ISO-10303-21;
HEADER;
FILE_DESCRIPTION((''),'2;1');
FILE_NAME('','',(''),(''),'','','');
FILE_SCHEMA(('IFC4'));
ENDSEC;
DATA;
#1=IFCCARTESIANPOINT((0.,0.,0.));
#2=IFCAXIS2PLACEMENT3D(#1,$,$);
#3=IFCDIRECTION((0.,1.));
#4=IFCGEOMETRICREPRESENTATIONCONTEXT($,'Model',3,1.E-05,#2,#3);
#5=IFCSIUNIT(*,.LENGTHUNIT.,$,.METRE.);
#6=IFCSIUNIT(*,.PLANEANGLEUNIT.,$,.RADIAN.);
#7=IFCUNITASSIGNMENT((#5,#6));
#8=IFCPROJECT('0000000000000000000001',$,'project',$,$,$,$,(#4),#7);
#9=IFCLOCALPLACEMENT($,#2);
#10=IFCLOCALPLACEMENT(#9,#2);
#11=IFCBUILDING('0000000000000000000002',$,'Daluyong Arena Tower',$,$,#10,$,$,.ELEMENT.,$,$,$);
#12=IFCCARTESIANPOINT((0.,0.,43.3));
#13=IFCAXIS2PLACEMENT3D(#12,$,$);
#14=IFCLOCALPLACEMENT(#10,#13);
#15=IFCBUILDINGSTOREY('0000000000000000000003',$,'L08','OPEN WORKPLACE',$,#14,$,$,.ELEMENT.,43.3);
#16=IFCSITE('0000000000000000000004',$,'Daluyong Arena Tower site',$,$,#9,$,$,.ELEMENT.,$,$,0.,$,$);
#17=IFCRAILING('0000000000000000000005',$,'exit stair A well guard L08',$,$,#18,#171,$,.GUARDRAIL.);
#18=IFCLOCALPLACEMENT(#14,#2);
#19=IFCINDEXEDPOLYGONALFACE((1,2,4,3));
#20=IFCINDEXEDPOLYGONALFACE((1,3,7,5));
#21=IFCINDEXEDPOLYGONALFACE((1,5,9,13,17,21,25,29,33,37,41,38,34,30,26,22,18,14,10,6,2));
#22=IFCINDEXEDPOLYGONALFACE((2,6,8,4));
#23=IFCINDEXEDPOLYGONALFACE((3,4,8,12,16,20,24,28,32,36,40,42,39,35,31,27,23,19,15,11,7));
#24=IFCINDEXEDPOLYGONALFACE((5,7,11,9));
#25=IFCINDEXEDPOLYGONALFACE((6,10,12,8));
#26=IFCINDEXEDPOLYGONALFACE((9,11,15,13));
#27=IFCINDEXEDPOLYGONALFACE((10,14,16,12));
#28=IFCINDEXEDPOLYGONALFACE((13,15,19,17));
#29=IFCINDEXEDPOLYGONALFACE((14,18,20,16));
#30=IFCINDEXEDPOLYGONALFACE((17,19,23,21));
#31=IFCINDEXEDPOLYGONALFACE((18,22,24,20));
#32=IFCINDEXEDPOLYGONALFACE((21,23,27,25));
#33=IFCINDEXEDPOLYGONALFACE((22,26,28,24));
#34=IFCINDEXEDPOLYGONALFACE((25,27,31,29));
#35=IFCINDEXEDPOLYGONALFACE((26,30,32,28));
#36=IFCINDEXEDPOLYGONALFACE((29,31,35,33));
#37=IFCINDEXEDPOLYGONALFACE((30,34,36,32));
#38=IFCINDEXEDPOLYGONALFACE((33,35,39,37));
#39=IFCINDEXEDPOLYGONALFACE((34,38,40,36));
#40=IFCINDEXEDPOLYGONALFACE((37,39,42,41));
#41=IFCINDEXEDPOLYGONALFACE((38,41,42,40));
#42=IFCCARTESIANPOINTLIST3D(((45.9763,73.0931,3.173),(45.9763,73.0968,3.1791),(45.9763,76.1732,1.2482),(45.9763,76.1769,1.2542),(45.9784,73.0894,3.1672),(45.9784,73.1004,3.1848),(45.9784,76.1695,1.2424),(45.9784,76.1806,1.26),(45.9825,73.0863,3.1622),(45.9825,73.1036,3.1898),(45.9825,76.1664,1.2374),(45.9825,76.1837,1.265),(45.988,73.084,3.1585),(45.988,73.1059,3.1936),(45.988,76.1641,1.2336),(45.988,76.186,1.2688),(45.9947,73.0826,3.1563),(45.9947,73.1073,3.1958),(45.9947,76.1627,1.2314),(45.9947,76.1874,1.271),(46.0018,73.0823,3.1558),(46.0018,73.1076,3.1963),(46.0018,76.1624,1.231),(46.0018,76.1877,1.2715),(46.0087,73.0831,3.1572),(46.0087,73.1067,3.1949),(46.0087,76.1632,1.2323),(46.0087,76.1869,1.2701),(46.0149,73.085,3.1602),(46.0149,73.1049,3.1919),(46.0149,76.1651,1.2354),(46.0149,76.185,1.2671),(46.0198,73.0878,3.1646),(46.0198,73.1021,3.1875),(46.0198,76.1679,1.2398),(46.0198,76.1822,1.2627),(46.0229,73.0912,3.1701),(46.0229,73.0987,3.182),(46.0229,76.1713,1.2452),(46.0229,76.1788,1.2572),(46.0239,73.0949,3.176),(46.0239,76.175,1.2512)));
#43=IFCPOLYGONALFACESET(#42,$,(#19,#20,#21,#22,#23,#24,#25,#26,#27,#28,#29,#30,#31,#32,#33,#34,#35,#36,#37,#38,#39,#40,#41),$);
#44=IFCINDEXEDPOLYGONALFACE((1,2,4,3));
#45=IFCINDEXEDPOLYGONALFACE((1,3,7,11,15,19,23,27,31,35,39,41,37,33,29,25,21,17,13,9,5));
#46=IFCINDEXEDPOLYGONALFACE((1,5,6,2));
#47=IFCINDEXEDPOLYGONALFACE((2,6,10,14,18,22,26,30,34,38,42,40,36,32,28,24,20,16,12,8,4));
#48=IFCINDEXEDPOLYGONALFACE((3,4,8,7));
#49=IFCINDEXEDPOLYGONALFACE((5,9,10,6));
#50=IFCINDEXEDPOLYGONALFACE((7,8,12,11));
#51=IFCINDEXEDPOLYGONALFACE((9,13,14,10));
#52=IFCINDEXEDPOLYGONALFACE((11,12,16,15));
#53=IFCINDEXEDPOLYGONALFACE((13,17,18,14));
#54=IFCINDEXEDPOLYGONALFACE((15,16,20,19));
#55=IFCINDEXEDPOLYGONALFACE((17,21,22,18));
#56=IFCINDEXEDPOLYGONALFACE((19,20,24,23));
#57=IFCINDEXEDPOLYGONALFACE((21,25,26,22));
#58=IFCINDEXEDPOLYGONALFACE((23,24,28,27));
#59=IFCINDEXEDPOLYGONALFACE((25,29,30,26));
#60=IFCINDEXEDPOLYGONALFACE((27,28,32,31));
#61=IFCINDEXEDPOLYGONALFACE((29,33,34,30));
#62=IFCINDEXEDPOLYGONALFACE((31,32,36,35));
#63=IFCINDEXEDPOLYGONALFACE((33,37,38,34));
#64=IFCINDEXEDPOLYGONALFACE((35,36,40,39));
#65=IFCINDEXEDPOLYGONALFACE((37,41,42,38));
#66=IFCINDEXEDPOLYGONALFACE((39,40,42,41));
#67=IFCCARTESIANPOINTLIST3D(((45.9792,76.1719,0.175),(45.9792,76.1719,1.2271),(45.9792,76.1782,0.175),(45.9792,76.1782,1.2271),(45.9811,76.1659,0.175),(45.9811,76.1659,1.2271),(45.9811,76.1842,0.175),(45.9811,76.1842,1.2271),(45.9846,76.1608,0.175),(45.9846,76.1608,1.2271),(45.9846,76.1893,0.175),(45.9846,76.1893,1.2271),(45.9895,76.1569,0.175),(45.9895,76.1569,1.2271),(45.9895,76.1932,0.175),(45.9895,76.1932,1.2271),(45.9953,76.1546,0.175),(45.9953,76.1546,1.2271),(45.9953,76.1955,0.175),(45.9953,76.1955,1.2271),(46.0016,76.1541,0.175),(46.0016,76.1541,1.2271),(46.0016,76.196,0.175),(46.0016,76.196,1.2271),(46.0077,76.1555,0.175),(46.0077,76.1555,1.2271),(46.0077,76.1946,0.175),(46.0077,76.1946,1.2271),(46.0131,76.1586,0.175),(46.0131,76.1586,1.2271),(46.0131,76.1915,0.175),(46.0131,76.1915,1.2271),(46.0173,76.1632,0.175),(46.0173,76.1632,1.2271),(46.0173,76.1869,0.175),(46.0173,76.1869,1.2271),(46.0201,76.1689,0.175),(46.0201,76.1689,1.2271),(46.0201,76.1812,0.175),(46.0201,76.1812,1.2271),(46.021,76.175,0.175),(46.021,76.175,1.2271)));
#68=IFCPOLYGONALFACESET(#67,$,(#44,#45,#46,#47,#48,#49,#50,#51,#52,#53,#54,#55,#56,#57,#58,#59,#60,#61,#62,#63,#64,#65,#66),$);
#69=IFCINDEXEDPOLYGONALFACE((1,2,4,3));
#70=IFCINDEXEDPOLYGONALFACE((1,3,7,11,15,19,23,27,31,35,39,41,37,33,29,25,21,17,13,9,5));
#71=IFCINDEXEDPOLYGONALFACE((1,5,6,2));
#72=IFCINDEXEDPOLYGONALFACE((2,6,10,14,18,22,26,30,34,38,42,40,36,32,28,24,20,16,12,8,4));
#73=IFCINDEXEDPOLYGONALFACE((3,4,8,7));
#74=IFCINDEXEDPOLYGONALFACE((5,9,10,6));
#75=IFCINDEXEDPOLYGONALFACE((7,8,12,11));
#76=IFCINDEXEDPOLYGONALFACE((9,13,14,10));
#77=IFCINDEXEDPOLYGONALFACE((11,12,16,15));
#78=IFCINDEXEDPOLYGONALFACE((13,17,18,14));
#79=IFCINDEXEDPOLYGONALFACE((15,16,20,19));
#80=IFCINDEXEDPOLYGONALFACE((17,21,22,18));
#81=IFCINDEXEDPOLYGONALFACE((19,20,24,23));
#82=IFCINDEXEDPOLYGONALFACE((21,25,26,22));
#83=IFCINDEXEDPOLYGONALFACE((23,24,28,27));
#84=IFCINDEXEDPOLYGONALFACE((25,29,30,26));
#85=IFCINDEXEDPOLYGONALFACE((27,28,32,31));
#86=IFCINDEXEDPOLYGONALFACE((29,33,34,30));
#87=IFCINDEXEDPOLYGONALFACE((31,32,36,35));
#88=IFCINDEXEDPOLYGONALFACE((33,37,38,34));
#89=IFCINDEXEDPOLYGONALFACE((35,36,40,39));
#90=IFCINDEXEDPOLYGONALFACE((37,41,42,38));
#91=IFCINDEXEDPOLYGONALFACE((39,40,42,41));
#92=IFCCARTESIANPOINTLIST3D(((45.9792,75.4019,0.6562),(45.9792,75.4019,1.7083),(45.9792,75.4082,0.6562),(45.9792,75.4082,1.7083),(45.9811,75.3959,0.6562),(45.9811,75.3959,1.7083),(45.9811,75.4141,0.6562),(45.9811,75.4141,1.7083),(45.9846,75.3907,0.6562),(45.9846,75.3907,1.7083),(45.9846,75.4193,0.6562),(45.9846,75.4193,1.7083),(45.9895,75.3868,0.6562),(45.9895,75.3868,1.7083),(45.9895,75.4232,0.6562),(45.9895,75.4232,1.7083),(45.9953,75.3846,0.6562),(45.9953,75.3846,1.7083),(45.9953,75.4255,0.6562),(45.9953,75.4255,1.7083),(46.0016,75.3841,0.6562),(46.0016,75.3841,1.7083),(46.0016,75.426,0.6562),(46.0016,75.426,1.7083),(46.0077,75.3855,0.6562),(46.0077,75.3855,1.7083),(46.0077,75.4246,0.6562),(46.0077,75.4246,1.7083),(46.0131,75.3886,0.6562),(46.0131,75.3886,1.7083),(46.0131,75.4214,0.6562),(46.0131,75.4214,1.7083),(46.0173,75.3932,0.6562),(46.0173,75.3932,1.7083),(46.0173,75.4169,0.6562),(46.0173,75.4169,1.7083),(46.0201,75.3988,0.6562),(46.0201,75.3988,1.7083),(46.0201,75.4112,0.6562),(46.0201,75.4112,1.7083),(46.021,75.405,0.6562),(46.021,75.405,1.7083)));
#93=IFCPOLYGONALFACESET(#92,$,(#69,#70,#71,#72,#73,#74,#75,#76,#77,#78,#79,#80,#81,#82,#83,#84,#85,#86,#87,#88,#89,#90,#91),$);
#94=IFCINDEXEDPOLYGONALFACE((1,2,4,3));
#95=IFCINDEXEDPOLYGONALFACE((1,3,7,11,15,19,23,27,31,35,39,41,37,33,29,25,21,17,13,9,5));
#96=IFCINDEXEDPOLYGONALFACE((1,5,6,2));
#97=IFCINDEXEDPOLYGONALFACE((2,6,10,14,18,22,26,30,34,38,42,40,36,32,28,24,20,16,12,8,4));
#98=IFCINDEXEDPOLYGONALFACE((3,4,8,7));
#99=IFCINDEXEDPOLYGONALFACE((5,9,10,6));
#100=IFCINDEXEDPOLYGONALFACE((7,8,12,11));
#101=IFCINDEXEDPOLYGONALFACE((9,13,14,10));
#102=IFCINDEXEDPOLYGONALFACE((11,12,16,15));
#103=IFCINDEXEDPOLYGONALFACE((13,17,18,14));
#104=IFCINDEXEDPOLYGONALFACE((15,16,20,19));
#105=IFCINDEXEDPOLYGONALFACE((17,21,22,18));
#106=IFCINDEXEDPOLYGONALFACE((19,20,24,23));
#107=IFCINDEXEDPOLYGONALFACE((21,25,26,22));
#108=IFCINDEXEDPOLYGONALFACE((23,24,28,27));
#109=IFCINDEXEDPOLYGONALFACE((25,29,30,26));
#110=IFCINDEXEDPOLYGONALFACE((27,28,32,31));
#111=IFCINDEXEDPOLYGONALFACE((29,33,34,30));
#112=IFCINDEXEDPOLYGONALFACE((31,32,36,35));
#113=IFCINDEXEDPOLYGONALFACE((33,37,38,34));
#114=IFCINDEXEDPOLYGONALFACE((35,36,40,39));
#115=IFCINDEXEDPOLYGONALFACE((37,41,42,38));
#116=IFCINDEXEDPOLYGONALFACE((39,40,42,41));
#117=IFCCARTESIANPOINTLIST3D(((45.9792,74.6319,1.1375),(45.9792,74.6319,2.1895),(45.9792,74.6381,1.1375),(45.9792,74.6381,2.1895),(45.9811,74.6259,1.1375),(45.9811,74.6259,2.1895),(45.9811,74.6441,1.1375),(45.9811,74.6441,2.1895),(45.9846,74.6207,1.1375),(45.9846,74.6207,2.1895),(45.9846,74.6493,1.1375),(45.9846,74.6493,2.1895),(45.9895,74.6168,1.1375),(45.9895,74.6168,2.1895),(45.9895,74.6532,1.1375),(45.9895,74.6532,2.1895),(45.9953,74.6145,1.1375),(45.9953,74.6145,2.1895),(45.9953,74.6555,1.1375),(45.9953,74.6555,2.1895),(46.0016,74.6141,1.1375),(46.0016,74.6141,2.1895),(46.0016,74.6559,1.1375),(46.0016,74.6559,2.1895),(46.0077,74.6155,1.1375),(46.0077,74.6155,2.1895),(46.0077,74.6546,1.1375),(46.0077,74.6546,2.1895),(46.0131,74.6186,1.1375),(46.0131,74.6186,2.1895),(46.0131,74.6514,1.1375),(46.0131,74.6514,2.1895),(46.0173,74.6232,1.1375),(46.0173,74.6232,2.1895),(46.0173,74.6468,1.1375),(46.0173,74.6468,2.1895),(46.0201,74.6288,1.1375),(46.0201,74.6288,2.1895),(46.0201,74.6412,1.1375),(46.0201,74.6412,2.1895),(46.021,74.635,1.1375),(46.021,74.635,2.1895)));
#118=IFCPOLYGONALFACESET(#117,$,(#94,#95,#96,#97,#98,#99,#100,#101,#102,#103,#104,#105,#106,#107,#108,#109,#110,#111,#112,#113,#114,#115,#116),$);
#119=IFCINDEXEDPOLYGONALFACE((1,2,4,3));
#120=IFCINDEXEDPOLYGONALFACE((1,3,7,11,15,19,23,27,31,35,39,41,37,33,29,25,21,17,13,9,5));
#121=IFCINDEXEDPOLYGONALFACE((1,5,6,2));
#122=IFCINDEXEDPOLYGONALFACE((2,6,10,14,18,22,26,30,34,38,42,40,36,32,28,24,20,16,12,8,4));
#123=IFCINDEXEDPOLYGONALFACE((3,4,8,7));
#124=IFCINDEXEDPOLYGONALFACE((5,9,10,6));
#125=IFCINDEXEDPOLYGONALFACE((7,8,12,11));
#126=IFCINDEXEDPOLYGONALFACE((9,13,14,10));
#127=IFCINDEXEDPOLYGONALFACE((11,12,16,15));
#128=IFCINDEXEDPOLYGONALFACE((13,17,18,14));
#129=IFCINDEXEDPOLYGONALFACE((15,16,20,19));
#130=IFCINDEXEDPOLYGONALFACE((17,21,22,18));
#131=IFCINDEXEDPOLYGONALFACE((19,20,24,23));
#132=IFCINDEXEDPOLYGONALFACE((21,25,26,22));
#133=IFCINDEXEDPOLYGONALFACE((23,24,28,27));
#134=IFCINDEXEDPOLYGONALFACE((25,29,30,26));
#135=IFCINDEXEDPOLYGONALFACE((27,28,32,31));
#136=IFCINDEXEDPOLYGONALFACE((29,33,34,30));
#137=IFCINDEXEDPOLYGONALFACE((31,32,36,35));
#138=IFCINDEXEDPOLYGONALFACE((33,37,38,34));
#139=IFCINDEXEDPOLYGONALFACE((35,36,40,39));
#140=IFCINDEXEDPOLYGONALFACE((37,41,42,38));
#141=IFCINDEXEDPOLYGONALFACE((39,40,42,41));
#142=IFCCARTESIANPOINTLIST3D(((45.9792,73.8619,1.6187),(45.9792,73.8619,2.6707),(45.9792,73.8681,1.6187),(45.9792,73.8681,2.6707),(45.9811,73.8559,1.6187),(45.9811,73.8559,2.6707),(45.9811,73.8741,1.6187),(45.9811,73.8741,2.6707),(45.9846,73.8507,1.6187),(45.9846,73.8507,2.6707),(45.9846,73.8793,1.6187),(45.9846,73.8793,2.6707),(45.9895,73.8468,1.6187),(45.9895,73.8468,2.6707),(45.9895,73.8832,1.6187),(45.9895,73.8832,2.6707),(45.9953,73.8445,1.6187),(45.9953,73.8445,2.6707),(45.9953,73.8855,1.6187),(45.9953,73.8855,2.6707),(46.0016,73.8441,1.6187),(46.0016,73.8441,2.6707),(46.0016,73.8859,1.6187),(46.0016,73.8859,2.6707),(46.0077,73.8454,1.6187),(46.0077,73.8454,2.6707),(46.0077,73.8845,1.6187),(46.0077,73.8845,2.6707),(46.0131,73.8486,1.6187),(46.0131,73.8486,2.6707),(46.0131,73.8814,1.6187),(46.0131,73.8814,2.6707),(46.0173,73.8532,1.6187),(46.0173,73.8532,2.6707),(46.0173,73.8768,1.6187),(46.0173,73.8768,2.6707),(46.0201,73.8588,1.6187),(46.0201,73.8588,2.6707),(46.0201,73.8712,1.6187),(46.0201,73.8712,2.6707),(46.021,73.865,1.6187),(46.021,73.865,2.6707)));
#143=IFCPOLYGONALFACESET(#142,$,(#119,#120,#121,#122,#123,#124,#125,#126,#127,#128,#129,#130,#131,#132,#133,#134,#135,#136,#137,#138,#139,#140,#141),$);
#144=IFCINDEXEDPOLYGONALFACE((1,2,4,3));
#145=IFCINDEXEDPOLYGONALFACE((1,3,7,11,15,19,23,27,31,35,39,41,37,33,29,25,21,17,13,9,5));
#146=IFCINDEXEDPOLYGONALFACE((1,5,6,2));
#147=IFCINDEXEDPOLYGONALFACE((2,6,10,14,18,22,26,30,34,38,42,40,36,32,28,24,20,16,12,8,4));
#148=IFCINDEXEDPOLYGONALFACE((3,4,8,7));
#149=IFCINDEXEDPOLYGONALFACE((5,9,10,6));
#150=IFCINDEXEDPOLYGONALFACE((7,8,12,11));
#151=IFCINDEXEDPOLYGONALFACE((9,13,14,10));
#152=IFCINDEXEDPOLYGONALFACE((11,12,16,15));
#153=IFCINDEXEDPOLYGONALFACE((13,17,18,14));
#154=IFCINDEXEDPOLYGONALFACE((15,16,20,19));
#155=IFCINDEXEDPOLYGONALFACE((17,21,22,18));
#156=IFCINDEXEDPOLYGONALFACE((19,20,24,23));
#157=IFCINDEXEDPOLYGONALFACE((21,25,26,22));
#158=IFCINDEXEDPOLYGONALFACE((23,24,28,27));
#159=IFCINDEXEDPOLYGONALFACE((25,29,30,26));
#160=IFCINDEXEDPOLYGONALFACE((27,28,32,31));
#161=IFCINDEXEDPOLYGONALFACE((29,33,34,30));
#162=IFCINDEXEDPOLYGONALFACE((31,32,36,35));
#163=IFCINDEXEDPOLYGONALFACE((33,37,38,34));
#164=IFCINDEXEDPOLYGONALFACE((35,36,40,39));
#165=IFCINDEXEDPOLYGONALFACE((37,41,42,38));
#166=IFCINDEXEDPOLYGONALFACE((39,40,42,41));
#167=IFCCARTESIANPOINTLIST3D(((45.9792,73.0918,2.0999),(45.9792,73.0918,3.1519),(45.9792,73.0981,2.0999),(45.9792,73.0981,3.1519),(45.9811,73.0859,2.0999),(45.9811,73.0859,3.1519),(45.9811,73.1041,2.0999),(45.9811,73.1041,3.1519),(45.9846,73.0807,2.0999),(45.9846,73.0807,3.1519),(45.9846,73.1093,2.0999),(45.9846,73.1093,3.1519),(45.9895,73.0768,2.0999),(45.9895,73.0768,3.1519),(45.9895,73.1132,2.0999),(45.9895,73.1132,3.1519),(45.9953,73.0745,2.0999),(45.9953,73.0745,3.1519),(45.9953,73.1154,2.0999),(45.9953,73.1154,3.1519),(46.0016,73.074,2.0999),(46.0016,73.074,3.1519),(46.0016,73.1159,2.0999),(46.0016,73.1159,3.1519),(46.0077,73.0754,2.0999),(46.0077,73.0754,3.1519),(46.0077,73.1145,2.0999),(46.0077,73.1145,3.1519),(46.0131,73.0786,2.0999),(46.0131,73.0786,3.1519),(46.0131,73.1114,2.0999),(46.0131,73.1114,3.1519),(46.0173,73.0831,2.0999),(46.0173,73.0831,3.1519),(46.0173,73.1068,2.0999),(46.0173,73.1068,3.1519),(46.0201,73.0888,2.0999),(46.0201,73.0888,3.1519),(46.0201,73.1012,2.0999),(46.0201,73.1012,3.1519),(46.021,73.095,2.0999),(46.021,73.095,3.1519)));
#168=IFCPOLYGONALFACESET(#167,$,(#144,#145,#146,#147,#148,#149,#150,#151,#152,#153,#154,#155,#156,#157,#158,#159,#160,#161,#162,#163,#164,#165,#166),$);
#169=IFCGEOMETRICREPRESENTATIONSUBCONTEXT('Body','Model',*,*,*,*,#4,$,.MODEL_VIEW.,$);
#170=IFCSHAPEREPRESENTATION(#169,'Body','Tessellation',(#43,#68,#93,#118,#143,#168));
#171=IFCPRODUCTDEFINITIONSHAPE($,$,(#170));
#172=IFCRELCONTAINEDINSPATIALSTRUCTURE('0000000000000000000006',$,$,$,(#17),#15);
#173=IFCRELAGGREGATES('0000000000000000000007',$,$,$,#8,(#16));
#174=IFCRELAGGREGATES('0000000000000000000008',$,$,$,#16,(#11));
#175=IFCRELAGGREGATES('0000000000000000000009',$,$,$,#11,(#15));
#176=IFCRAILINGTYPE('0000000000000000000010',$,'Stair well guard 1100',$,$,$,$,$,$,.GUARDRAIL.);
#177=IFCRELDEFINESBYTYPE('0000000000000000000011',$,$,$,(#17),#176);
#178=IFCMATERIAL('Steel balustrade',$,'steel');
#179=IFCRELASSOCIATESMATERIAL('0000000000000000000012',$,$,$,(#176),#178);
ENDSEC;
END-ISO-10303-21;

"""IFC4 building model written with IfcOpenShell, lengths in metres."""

from ifc_helpers import new_model, si_unit, direction, frame, origin, origin_2d, place, context, subcontext, project, spatial, circle, extrude, material, type_object, element, save


model = new_model("IFC4")

# Units and contexts
model_context = context("Model", 3, precision=1e-05, world=origin(), true_north=direction((0.0, 1.0)))
body_context = subcontext(model_context, "Body", "Model", "MODEL_VIEW")
ifc_project = project(units=[si_unit("LENGTHUNIT", "METRE"), si_unit("PLANEANGLEUNIT", "RADIAN")], contexts=[model_context])

# Site, building, storey
site_placement = place(None, origin())
site = spatial("IfcSite", under=ifc_project, at=site_placement, Name="Daluyong Arena Tower site", CompositionType="ELEMENT", RefElevation=0.0)
building_placement = place(site_placement, origin())
building = spatial("IfcBuilding", under=site, at=building_placement, Name="Daluyong Arena Tower", CompositionType="ELEMENT")
storey_placement = place(building_placement, frame((0.0, 0.0, 43.3)))
storey = spatial("IfcBuildingStorey", under=building, at=storey_placement, Name="L08", Description="OPEN WORKPLACE", CompositionType="ELEMENT", Elevation=43.3)

# Railing
ifc_material_1 = material(Name="Steel balustrade", Category="steel")
railing_type_1 = type_object("IfcRailingType", Name="Stair well guard 1100", PredefinedType="GUARDRAIL", material=ifc_material_1)
railing_1_placement = place(storey_placement, frame((46.0, 76.175, 0.175)))
element("IfcRailing", 1, at=railing_1_placement, inside=storey, type_object=railing_type_1, Name="exit stair A well guard L08", PredefinedType="GUARDRAIL", context=body_context, shape_type="SweptSolid", body=[
    extrude(circle(Radius=0.0239, at=origin_2d()), frame((0.0, 0.0, 1.0762), z_axis=(0.0, -0.848029, 0.529951), x_axis=(1.0, 0.0, 0.0)), (0.0, 0.0, 1.0), 3.6321),
    extrude(circle(Radius=0.021, at=origin_2d()), origin(), (0.0, 0.0, 1.0), 1.052),
    extrude(circle(Radius=0.021, at=origin_2d()), frame((0.0, -0.77, 0.4812)), (0.0, 0.0, 1.0), 1.052),
    extrude(circle(Radius=0.021, at=origin_2d()), frame((0.0, -1.54, 0.9624)), (0.0, 0.0, 1.0), 1.052),
    extrude(circle(Radius=0.021, at=origin_2d()), frame((0.0, -2.3101, 1.4436)), (0.0, 0.0, 1.0), 1.052),
    extrude(circle(Radius=0.021, at=origin_2d()), frame((0.0, -3.0801, 1.9248)), (0.0, 0.0, 1.0), 1.052),
])

save(model, "model.ifc")
